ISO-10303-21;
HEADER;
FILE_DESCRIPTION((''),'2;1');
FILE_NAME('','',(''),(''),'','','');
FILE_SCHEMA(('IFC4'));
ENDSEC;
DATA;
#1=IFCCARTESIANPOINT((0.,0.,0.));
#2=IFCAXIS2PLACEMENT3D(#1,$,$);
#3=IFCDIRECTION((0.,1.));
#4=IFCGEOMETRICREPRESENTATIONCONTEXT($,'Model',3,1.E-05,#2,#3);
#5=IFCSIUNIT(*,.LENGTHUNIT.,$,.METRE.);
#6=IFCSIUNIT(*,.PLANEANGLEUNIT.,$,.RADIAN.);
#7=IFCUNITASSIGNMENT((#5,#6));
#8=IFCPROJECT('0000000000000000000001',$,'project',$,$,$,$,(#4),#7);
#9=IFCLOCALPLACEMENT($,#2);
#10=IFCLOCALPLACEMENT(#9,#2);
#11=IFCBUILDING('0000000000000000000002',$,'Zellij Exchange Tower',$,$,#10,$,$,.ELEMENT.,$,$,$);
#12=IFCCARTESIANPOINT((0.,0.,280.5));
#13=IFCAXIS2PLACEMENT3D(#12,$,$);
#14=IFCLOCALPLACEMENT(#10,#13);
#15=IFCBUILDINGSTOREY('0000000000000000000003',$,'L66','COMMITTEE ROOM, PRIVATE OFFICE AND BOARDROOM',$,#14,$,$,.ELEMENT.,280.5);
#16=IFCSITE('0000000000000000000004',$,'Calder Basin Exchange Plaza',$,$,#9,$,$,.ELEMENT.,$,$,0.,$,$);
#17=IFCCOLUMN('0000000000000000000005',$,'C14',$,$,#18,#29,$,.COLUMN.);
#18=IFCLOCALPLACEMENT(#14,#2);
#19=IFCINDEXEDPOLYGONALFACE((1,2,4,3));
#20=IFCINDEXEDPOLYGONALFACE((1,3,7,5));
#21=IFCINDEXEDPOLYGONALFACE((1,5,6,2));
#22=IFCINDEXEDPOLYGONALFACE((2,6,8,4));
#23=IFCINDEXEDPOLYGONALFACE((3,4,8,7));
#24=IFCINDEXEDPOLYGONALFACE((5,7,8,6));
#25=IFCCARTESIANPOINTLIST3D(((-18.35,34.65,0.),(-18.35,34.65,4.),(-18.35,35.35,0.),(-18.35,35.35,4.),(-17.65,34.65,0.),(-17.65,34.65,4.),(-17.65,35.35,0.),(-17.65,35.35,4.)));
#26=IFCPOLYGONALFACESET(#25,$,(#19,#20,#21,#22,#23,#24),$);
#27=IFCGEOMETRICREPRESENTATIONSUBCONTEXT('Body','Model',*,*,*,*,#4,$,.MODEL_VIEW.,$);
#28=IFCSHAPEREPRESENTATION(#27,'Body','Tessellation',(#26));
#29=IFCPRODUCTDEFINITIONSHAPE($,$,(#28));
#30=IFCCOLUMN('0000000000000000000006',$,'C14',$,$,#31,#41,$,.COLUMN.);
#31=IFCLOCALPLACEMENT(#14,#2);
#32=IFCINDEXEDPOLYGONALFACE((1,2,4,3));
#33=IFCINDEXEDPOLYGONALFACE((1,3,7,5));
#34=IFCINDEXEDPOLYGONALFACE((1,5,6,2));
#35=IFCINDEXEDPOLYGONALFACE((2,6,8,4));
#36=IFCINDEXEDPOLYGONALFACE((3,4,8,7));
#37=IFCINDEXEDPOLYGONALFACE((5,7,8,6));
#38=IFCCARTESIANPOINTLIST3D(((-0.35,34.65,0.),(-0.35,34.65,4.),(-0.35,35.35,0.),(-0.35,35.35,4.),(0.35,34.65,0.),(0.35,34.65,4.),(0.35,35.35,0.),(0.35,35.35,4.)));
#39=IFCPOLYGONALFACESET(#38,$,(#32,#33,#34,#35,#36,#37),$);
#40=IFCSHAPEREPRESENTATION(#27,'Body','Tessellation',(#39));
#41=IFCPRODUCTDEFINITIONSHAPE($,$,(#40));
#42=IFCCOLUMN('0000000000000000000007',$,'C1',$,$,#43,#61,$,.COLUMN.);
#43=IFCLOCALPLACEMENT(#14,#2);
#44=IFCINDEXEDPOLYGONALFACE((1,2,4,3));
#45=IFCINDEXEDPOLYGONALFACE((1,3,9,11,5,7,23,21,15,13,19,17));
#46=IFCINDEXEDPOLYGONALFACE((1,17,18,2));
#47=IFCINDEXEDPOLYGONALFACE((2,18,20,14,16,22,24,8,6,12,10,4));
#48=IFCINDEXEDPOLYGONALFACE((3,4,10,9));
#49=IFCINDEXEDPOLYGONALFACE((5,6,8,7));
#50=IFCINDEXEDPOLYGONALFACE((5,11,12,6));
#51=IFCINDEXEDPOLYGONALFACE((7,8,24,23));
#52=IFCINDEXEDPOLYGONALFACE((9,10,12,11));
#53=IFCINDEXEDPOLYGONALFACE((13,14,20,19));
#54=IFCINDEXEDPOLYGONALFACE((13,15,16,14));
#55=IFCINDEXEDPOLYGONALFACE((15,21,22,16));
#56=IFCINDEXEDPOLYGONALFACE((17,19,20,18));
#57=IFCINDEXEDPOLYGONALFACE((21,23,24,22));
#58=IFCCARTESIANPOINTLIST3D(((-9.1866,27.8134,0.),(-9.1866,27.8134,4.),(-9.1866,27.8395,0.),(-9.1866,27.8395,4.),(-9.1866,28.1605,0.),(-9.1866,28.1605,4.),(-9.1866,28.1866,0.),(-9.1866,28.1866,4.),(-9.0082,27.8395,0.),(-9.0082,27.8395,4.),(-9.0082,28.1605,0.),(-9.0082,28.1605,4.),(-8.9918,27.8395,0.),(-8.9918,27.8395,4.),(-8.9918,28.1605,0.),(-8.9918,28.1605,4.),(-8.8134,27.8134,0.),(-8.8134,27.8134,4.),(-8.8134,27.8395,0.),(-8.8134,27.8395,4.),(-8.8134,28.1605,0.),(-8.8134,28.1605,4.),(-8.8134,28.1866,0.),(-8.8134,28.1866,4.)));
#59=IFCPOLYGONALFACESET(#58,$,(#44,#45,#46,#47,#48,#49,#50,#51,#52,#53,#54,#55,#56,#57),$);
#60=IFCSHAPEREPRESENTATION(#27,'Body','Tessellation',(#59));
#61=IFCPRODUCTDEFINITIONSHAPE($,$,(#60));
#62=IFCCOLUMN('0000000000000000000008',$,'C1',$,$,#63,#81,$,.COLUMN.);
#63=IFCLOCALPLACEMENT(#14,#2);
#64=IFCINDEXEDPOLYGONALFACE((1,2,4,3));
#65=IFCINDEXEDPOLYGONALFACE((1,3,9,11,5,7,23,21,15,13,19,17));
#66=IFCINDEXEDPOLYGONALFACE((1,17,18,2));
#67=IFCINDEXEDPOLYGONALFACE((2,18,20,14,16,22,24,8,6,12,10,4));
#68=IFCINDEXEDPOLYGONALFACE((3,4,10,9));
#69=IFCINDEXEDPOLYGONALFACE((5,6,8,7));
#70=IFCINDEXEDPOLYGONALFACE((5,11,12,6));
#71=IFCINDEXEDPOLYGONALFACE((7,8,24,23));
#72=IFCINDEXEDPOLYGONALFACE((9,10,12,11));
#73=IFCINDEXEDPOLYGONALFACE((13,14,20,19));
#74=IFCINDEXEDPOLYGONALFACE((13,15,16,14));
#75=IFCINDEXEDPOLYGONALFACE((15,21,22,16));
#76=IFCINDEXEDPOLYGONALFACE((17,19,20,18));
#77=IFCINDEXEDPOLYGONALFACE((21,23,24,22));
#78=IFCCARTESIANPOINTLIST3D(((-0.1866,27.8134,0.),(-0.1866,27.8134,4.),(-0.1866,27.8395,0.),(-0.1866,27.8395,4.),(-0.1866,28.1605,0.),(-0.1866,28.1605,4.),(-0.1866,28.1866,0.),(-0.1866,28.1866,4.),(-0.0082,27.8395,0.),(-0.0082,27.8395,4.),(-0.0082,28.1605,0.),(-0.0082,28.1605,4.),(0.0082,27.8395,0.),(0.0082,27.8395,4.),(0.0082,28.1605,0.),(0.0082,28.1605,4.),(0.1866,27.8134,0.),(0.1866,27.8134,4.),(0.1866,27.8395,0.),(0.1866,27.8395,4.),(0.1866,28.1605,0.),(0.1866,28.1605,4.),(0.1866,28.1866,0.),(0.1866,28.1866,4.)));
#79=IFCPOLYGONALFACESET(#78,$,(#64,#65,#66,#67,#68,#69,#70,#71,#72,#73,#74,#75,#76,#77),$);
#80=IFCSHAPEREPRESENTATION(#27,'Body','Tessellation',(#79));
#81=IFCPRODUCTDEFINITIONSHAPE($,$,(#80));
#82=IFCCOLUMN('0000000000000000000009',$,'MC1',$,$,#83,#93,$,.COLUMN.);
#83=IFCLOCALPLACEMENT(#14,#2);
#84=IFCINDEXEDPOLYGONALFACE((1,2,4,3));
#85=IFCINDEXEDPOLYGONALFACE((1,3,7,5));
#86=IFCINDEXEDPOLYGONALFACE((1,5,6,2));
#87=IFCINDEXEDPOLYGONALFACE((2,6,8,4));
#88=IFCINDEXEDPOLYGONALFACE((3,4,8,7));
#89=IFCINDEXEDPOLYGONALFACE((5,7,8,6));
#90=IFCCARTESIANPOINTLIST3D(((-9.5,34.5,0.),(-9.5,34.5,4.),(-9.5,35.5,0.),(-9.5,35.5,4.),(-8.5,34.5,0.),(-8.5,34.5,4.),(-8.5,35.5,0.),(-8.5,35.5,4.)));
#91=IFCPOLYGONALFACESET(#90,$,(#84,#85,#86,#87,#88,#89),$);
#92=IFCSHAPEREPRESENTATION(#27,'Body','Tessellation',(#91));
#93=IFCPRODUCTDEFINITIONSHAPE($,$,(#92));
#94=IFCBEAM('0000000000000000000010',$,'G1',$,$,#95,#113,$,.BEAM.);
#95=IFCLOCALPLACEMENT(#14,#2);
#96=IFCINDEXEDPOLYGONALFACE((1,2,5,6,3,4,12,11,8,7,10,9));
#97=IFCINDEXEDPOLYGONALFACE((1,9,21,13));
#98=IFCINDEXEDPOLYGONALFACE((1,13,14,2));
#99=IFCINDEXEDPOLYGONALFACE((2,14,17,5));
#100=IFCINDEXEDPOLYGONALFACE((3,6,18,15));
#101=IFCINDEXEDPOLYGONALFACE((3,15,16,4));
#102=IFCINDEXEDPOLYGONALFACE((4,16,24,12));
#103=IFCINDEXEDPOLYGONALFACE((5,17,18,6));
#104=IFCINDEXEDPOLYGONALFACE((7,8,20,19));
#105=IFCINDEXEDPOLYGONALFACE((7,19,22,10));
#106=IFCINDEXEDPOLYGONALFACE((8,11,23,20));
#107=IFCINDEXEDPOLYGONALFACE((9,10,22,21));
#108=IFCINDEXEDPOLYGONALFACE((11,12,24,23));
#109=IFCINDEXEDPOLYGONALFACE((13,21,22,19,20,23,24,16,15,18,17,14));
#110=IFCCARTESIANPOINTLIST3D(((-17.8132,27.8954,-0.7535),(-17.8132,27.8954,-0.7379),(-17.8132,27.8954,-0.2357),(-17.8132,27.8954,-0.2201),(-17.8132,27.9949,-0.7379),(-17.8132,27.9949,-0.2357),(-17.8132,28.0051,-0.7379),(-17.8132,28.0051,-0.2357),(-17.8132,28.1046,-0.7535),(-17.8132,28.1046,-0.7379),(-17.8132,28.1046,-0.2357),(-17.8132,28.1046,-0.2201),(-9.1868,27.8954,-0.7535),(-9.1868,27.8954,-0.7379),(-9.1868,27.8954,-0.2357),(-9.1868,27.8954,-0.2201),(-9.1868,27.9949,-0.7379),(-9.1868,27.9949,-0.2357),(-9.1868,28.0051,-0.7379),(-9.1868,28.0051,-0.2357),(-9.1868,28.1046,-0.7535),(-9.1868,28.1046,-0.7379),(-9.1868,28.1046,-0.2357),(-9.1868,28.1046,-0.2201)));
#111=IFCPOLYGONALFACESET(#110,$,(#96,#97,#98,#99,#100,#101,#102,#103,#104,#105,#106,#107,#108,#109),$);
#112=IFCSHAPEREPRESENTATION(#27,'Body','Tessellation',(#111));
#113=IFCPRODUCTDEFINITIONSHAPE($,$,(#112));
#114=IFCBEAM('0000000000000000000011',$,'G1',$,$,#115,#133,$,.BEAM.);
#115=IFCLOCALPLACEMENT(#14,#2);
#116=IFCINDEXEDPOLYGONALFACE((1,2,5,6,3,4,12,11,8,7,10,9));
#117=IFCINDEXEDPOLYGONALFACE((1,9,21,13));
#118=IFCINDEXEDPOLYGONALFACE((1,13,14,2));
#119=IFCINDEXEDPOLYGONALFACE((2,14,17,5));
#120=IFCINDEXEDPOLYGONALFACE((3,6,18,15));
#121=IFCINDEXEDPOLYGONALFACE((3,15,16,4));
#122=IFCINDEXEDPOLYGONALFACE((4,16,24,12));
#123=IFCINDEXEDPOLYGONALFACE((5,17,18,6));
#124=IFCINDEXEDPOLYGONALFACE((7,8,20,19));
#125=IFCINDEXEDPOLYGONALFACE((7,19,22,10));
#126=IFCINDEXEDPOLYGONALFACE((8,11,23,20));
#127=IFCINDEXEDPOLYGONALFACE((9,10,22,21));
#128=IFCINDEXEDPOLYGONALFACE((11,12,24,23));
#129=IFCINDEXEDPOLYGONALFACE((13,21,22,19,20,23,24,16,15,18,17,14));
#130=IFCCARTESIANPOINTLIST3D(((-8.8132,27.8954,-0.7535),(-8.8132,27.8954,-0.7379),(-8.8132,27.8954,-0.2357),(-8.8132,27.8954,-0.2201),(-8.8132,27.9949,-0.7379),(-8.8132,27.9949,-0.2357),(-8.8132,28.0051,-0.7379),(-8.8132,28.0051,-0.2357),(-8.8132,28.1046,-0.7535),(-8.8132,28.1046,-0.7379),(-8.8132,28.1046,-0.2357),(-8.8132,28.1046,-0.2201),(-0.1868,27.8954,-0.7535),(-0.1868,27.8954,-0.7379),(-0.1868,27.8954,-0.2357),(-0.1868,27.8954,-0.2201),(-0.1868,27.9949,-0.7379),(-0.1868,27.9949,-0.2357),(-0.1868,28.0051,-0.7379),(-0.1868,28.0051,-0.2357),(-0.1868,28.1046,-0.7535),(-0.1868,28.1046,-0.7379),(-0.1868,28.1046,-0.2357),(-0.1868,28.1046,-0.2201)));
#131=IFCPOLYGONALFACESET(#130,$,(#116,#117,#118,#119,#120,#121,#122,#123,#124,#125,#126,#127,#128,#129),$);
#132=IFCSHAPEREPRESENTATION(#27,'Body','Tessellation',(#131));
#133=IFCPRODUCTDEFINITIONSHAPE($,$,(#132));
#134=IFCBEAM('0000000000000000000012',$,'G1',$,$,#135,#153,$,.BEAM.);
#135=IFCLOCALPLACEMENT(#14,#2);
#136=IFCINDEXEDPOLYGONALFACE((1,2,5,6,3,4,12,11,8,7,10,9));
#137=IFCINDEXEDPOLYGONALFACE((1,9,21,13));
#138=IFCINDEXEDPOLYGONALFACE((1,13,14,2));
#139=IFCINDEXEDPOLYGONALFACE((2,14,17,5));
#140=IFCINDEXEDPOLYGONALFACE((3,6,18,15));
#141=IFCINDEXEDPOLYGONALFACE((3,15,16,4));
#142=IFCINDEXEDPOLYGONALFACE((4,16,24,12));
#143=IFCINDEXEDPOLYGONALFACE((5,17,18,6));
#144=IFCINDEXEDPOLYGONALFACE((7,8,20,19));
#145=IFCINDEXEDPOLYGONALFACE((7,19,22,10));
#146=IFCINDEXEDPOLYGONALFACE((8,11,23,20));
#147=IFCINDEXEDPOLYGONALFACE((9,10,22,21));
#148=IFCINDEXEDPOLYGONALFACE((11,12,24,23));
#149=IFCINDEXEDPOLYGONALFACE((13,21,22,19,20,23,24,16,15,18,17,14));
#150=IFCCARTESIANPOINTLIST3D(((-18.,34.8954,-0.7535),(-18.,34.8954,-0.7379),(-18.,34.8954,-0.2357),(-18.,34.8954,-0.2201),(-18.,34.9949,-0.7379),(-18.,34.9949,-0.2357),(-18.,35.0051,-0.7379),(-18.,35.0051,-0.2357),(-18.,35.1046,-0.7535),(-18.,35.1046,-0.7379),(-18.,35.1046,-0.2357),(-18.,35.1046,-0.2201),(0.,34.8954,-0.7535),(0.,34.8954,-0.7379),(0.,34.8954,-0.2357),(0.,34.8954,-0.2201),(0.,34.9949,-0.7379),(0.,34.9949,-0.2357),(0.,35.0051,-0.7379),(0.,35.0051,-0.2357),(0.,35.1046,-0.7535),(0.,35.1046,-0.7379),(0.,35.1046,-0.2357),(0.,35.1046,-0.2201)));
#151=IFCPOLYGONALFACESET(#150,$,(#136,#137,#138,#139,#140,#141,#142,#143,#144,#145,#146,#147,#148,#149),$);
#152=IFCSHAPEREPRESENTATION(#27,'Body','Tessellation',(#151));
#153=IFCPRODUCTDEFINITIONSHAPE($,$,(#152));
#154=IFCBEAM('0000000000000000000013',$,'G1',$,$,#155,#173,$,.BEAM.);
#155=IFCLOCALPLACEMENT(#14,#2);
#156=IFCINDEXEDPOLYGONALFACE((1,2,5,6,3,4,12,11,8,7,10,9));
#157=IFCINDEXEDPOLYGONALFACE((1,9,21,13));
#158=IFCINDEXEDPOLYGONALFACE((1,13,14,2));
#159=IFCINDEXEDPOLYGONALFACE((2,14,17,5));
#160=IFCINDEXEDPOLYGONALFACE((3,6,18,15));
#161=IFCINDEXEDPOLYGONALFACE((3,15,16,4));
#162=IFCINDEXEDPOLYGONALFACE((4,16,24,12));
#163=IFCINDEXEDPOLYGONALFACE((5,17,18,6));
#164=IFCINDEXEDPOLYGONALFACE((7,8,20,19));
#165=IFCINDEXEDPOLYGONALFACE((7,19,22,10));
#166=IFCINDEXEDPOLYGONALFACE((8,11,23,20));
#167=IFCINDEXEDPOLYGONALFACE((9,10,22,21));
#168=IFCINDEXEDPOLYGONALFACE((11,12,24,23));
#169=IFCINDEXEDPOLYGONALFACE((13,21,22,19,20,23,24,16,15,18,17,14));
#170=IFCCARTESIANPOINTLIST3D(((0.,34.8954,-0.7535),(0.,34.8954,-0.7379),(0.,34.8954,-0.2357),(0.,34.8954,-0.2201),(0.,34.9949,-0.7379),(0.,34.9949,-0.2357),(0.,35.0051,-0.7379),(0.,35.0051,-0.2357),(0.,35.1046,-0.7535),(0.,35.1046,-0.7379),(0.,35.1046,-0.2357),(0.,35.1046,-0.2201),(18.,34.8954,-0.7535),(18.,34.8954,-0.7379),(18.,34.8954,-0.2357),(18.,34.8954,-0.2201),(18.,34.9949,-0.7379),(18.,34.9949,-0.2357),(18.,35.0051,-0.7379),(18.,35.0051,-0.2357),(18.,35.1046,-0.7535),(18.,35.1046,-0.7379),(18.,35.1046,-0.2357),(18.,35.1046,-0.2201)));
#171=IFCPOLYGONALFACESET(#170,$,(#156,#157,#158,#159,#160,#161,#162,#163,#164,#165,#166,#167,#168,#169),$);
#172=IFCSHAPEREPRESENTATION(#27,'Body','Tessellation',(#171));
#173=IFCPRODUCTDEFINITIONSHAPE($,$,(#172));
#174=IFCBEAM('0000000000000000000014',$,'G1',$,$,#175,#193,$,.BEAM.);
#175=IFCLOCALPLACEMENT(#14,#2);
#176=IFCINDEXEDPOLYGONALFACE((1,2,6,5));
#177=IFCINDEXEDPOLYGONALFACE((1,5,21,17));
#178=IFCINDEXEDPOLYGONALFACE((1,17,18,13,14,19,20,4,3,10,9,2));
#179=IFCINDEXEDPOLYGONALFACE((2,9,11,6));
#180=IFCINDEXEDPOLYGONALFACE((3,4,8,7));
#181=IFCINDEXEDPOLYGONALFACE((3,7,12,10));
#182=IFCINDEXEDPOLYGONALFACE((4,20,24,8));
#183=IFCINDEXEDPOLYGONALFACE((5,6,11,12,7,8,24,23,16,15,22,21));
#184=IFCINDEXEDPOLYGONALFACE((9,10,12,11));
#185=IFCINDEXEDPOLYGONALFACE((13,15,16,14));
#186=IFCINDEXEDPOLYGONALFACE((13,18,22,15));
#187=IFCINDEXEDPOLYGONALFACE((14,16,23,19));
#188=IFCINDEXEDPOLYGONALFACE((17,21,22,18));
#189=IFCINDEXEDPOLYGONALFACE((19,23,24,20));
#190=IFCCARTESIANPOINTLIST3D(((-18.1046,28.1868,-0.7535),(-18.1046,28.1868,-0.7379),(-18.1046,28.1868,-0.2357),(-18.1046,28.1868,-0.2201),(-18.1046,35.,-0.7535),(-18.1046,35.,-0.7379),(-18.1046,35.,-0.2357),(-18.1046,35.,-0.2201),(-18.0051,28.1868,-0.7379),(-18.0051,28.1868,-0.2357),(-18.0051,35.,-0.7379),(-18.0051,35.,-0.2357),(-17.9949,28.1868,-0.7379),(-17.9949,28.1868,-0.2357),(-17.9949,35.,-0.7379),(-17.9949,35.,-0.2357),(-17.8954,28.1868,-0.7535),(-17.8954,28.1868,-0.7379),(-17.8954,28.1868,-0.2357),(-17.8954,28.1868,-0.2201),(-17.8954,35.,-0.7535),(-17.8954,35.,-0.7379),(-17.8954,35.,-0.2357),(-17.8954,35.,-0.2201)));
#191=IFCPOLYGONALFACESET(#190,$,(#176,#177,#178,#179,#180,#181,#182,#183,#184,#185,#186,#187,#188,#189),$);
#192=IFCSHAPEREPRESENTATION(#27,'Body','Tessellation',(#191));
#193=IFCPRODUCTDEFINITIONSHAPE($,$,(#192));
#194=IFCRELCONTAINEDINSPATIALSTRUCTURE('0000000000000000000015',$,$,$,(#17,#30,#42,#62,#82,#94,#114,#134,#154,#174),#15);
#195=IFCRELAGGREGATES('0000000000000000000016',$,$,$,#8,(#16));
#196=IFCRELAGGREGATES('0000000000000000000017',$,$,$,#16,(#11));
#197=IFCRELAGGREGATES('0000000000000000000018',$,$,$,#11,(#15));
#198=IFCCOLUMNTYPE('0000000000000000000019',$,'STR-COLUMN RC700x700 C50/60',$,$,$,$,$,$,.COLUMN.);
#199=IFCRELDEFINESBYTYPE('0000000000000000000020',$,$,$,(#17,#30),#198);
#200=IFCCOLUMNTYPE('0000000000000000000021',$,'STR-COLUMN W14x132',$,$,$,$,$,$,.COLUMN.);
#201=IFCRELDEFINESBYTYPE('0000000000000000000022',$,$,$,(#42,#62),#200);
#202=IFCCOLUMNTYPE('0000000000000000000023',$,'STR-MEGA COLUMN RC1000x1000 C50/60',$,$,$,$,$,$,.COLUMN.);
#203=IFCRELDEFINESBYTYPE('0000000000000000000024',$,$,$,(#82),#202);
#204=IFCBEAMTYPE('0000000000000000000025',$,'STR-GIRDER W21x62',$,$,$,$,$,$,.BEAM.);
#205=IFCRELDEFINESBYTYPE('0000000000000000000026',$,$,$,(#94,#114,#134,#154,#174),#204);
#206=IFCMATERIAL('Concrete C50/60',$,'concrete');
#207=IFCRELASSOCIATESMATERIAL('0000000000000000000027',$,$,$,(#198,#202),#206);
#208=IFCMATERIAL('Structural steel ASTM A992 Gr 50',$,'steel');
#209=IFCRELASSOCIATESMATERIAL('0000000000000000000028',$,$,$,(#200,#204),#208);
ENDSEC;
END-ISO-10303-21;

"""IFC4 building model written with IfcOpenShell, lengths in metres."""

from ifc_helpers import new_model, si_unit, direction, frame, origin, origin_2d, place, context, subcontext, project, spatial, rectangle, i_section, extrude, material, material_profile, profile_set, type_object, element, save


model = new_model("IFC4")

# Units and contexts
model_context = context("Model", 3, precision=1e-05, world=origin(), true_north=direction((0.0, 1.0)))
body_context = subcontext(model_context, "Body", "Model", "MODEL_VIEW")
ifc_project = project(units=[si_unit("LENGTHUNIT", "METRE"), si_unit("PLANEANGLEUNIT", "RADIAN")], contexts=[model_context])

# Site, building, storey
site_placement = place(None, origin())
site = spatial("IfcSite", under=ifc_project, at=site_placement, Name="Calder Basin Exchange Plaza", CompositionType="ELEMENT", RefElevation=0.0)
building_placement = place(site_placement, origin())
building = spatial("IfcBuilding", under=site, at=building_placement, Name="Zellij Exchange Tower", CompositionType="ELEMENT")
storey_placement = place(building_placement, frame((0.0, 0.0, 280.5)))
storey = spatial("IfcBuildingStorey", under=building, at=storey_placement, Name="L66", Description="COMMITTEE ROOM, PRIVATE OFFICE AND BOARDROOM", CompositionType="ELEMENT", Elevation=280.5)

# Columns
ifc_material_1 = material(Name="Concrete C50/60", Category="concrete")
ifc_material_profile_1 = material_profile(ifc_material_1, rectangle(XDim=0.7, YDim=0.7, at=origin_2d()), Name="STR-COLUMN RC700x700 C50/60")
ifc_profile_set_1 = profile_set([ifc_material_profile_1], Name="Concrete C50/60")
column_type_1 = type_object("IfcColumnType", Name="STR-COLUMN RC700x700 C50/60", PredefinedType="COLUMN", material=ifc_profile_set_1)
for number, where, z_axis, x_axis, name in (
    (1, (-18.0, 35.0, 0.0), (0.0, 0.0, 1.0), (1.0, 0.0, 0.0), "C14"),
    (2, (0.0, 35.0, 0.0), (0.0, 0.0, 1.0), (1.0, 0.0, 0.0), "C14"),
):
    element("IfcColumn", number, at=place(storey_placement, frame(where, z_axis=z_axis, x_axis=x_axis)), inside=storey, type_object=column_type_1, Name=name, PredefinedType="COLUMN", context=body_context, shape_type="SweptSolid", body=[
        extrude(rectangle(XDim=0.7, YDim=0.7, at=origin_2d()), origin(), (0.0, 0.0, 1.0), 4.0),
    ])
ifc_material_2 = material(Name="Structural steel ASTM A992 Gr 50", Category="steel")
ifc_material_profile_2 = material_profile(ifc_material_2, i_section(OverallWidth=0.3733, OverallDepth=0.3733, WebThickness=0.0164, FlangeThickness=0.0261, at=origin_2d()), Name="W14x132")
ifc_profile_set_2 = profile_set([ifc_material_profile_2], Name="Structural steel ASTM A992 Gr 50")
column_type_2 = type_object("IfcColumnType", Name="STR-COLUMN W14x132", PredefinedType="COLUMN", material=ifc_profile_set_2)
for number, where, z_axis, x_axis, name in (
    (3, (-9.0, 28.0, 0.0), (0.0, 0.0, 1.0), (1.0, 0.0, 0.0), "C1"),
    (4, (0.0, 28.0, 0.0), (0.0, 0.0, 1.0), (1.0, 0.0, 0.0), "C1"),
):
    element("IfcColumn", number, at=place(storey_placement, frame(where, z_axis=z_axis, x_axis=x_axis)), inside=storey, type_object=column_type_2, Name=name, PredefinedType="COLUMN", context=body_context, shape_type="SweptSolid", body=[
        extrude(i_section(OverallWidth=0.3733, OverallDepth=0.3733, WebThickness=0.0164, FlangeThickness=0.0261, at=origin_2d()), origin(), (0.0, 0.0, 1.0), 4.0),
    ])
ifc_material_profile_3 = material_profile(ifc_material_1, rectangle(XDim=1.0, YDim=1.0, at=origin_2d()), Name="STR-MEGA COLUMN RC1000x1000 C50/60")
ifc_profile_set_3 = profile_set([ifc_material_profile_3], Name="Concrete C50/60")
column_type_3 = type_object("IfcColumnType", Name="STR-MEGA COLUMN RC1000x1000 C50/60", PredefinedType="COLUMN", material=ifc_profile_set_3)
column_placement = place(storey_placement, frame((-9.0, 35.0, 0.0), z_axis=(0.0, 0.0, 1.0), x_axis=(1.0, 0.0, 0.0)))
element("IfcColumn", 5, at=column_placement, inside=storey, type_object=column_type_3, Name="MC1", PredefinedType="COLUMN", context=body_context, shape_type="SweptSolid", body=[
    extrude(rectangle(XDim=1.0, YDim=1.0, at=origin_2d()), origin(), (0.0, 0.0, 1.0), 4.0),
])

# Beams
ifc_material_profile_4 = material_profile(ifc_material_2, i_section(OverallWidth=0.2092, OverallDepth=0.5334, WebThickness=0.0103, FlangeThickness=0.0156, at=origin_2d()), Name="W21x62")
ifc_profile_set_4 = profile_set([ifc_material_profile_4], Name="Structural steel ASTM A992 Gr 50")
beam_type = type_object("IfcBeamType", Name="STR-GIRDER W21x62", PredefinedType="BEAM", material=ifc_profile_set_4)
for number, where, z_axis, x_axis, name in (
    (6, (-17.8132, 28.0, -0.4868), (1.0, 0.0, 0.0), (0.0, 1.0, 0.0), "G1"),
    (7, (-8.8132, 28.0, -0.4868), (1.0, 0.0, 0.0), (0.0, 1.0, 0.0), "G1"),
):
    element("IfcBeam", number, at=place(storey_placement, frame(where, z_axis=z_axis, x_axis=x_axis)), inside=storey, type_object=beam_type, Name=name, PredefinedType="BEAM", context=body_context, shape_type="SweptSolid", body=[
        extrude(i_section(OverallWidth=0.2092, OverallDepth=0.5334, WebThickness=0.0103, FlangeThickness=0.0156, at=origin_2d()), origin(), (0.0, 0.0, 1.0), 8.6265),
    ])
for number, where, z_axis, x_axis, name in (
    (8, (-18.0, 35.0, -0.4868), (1.0, 0.0, 0.0), (0.0, 1.0, 0.0), "G1"),
    (9, (0.0, 35.0, -0.4868), (1.0, 0.0, 0.0), (0.0, 1.0, 0.0), "G1"),
):
    element("IfcBeam", number, at=place(storey_placement, frame(where, z_axis=z_axis, x_axis=x_axis)), inside=storey, type_object=beam_type, Name=name, PredefinedType="BEAM", context=body_context, shape_type="SweptSolid", body=[
        extrude(i_section(OverallWidth=0.2092, OverallDepth=0.5334, WebThickness=0.0103, FlangeThickness=0.0156, at=origin_2d()), origin(), (0.0, 0.0, 1.0), 18.0),
    ])
for number, where, z_axis, x_axis, name in (
    (10, (-18.0, 28.1868, -0.4868), (0.0, 1.0, 0.0), (-1.0, 0.0, 0.0), "G1"),
):
    element("IfcBeam", number, at=place(storey_placement, frame(where, z_axis=z_axis, x_axis=x_axis)), inside=storey, type_object=beam_type, Name=name, PredefinedType="BEAM", context=body_context, shape_type="SweptSolid", body=[
        extrude(i_section(OverallWidth=0.2092, OverallDepth=0.5334, WebThickness=0.0103, FlangeThickness=0.0156, at=origin_2d()), origin(), (0.0, 0.0, 1.0), 6.8132),
    ])

save(model, "model.ifc")
